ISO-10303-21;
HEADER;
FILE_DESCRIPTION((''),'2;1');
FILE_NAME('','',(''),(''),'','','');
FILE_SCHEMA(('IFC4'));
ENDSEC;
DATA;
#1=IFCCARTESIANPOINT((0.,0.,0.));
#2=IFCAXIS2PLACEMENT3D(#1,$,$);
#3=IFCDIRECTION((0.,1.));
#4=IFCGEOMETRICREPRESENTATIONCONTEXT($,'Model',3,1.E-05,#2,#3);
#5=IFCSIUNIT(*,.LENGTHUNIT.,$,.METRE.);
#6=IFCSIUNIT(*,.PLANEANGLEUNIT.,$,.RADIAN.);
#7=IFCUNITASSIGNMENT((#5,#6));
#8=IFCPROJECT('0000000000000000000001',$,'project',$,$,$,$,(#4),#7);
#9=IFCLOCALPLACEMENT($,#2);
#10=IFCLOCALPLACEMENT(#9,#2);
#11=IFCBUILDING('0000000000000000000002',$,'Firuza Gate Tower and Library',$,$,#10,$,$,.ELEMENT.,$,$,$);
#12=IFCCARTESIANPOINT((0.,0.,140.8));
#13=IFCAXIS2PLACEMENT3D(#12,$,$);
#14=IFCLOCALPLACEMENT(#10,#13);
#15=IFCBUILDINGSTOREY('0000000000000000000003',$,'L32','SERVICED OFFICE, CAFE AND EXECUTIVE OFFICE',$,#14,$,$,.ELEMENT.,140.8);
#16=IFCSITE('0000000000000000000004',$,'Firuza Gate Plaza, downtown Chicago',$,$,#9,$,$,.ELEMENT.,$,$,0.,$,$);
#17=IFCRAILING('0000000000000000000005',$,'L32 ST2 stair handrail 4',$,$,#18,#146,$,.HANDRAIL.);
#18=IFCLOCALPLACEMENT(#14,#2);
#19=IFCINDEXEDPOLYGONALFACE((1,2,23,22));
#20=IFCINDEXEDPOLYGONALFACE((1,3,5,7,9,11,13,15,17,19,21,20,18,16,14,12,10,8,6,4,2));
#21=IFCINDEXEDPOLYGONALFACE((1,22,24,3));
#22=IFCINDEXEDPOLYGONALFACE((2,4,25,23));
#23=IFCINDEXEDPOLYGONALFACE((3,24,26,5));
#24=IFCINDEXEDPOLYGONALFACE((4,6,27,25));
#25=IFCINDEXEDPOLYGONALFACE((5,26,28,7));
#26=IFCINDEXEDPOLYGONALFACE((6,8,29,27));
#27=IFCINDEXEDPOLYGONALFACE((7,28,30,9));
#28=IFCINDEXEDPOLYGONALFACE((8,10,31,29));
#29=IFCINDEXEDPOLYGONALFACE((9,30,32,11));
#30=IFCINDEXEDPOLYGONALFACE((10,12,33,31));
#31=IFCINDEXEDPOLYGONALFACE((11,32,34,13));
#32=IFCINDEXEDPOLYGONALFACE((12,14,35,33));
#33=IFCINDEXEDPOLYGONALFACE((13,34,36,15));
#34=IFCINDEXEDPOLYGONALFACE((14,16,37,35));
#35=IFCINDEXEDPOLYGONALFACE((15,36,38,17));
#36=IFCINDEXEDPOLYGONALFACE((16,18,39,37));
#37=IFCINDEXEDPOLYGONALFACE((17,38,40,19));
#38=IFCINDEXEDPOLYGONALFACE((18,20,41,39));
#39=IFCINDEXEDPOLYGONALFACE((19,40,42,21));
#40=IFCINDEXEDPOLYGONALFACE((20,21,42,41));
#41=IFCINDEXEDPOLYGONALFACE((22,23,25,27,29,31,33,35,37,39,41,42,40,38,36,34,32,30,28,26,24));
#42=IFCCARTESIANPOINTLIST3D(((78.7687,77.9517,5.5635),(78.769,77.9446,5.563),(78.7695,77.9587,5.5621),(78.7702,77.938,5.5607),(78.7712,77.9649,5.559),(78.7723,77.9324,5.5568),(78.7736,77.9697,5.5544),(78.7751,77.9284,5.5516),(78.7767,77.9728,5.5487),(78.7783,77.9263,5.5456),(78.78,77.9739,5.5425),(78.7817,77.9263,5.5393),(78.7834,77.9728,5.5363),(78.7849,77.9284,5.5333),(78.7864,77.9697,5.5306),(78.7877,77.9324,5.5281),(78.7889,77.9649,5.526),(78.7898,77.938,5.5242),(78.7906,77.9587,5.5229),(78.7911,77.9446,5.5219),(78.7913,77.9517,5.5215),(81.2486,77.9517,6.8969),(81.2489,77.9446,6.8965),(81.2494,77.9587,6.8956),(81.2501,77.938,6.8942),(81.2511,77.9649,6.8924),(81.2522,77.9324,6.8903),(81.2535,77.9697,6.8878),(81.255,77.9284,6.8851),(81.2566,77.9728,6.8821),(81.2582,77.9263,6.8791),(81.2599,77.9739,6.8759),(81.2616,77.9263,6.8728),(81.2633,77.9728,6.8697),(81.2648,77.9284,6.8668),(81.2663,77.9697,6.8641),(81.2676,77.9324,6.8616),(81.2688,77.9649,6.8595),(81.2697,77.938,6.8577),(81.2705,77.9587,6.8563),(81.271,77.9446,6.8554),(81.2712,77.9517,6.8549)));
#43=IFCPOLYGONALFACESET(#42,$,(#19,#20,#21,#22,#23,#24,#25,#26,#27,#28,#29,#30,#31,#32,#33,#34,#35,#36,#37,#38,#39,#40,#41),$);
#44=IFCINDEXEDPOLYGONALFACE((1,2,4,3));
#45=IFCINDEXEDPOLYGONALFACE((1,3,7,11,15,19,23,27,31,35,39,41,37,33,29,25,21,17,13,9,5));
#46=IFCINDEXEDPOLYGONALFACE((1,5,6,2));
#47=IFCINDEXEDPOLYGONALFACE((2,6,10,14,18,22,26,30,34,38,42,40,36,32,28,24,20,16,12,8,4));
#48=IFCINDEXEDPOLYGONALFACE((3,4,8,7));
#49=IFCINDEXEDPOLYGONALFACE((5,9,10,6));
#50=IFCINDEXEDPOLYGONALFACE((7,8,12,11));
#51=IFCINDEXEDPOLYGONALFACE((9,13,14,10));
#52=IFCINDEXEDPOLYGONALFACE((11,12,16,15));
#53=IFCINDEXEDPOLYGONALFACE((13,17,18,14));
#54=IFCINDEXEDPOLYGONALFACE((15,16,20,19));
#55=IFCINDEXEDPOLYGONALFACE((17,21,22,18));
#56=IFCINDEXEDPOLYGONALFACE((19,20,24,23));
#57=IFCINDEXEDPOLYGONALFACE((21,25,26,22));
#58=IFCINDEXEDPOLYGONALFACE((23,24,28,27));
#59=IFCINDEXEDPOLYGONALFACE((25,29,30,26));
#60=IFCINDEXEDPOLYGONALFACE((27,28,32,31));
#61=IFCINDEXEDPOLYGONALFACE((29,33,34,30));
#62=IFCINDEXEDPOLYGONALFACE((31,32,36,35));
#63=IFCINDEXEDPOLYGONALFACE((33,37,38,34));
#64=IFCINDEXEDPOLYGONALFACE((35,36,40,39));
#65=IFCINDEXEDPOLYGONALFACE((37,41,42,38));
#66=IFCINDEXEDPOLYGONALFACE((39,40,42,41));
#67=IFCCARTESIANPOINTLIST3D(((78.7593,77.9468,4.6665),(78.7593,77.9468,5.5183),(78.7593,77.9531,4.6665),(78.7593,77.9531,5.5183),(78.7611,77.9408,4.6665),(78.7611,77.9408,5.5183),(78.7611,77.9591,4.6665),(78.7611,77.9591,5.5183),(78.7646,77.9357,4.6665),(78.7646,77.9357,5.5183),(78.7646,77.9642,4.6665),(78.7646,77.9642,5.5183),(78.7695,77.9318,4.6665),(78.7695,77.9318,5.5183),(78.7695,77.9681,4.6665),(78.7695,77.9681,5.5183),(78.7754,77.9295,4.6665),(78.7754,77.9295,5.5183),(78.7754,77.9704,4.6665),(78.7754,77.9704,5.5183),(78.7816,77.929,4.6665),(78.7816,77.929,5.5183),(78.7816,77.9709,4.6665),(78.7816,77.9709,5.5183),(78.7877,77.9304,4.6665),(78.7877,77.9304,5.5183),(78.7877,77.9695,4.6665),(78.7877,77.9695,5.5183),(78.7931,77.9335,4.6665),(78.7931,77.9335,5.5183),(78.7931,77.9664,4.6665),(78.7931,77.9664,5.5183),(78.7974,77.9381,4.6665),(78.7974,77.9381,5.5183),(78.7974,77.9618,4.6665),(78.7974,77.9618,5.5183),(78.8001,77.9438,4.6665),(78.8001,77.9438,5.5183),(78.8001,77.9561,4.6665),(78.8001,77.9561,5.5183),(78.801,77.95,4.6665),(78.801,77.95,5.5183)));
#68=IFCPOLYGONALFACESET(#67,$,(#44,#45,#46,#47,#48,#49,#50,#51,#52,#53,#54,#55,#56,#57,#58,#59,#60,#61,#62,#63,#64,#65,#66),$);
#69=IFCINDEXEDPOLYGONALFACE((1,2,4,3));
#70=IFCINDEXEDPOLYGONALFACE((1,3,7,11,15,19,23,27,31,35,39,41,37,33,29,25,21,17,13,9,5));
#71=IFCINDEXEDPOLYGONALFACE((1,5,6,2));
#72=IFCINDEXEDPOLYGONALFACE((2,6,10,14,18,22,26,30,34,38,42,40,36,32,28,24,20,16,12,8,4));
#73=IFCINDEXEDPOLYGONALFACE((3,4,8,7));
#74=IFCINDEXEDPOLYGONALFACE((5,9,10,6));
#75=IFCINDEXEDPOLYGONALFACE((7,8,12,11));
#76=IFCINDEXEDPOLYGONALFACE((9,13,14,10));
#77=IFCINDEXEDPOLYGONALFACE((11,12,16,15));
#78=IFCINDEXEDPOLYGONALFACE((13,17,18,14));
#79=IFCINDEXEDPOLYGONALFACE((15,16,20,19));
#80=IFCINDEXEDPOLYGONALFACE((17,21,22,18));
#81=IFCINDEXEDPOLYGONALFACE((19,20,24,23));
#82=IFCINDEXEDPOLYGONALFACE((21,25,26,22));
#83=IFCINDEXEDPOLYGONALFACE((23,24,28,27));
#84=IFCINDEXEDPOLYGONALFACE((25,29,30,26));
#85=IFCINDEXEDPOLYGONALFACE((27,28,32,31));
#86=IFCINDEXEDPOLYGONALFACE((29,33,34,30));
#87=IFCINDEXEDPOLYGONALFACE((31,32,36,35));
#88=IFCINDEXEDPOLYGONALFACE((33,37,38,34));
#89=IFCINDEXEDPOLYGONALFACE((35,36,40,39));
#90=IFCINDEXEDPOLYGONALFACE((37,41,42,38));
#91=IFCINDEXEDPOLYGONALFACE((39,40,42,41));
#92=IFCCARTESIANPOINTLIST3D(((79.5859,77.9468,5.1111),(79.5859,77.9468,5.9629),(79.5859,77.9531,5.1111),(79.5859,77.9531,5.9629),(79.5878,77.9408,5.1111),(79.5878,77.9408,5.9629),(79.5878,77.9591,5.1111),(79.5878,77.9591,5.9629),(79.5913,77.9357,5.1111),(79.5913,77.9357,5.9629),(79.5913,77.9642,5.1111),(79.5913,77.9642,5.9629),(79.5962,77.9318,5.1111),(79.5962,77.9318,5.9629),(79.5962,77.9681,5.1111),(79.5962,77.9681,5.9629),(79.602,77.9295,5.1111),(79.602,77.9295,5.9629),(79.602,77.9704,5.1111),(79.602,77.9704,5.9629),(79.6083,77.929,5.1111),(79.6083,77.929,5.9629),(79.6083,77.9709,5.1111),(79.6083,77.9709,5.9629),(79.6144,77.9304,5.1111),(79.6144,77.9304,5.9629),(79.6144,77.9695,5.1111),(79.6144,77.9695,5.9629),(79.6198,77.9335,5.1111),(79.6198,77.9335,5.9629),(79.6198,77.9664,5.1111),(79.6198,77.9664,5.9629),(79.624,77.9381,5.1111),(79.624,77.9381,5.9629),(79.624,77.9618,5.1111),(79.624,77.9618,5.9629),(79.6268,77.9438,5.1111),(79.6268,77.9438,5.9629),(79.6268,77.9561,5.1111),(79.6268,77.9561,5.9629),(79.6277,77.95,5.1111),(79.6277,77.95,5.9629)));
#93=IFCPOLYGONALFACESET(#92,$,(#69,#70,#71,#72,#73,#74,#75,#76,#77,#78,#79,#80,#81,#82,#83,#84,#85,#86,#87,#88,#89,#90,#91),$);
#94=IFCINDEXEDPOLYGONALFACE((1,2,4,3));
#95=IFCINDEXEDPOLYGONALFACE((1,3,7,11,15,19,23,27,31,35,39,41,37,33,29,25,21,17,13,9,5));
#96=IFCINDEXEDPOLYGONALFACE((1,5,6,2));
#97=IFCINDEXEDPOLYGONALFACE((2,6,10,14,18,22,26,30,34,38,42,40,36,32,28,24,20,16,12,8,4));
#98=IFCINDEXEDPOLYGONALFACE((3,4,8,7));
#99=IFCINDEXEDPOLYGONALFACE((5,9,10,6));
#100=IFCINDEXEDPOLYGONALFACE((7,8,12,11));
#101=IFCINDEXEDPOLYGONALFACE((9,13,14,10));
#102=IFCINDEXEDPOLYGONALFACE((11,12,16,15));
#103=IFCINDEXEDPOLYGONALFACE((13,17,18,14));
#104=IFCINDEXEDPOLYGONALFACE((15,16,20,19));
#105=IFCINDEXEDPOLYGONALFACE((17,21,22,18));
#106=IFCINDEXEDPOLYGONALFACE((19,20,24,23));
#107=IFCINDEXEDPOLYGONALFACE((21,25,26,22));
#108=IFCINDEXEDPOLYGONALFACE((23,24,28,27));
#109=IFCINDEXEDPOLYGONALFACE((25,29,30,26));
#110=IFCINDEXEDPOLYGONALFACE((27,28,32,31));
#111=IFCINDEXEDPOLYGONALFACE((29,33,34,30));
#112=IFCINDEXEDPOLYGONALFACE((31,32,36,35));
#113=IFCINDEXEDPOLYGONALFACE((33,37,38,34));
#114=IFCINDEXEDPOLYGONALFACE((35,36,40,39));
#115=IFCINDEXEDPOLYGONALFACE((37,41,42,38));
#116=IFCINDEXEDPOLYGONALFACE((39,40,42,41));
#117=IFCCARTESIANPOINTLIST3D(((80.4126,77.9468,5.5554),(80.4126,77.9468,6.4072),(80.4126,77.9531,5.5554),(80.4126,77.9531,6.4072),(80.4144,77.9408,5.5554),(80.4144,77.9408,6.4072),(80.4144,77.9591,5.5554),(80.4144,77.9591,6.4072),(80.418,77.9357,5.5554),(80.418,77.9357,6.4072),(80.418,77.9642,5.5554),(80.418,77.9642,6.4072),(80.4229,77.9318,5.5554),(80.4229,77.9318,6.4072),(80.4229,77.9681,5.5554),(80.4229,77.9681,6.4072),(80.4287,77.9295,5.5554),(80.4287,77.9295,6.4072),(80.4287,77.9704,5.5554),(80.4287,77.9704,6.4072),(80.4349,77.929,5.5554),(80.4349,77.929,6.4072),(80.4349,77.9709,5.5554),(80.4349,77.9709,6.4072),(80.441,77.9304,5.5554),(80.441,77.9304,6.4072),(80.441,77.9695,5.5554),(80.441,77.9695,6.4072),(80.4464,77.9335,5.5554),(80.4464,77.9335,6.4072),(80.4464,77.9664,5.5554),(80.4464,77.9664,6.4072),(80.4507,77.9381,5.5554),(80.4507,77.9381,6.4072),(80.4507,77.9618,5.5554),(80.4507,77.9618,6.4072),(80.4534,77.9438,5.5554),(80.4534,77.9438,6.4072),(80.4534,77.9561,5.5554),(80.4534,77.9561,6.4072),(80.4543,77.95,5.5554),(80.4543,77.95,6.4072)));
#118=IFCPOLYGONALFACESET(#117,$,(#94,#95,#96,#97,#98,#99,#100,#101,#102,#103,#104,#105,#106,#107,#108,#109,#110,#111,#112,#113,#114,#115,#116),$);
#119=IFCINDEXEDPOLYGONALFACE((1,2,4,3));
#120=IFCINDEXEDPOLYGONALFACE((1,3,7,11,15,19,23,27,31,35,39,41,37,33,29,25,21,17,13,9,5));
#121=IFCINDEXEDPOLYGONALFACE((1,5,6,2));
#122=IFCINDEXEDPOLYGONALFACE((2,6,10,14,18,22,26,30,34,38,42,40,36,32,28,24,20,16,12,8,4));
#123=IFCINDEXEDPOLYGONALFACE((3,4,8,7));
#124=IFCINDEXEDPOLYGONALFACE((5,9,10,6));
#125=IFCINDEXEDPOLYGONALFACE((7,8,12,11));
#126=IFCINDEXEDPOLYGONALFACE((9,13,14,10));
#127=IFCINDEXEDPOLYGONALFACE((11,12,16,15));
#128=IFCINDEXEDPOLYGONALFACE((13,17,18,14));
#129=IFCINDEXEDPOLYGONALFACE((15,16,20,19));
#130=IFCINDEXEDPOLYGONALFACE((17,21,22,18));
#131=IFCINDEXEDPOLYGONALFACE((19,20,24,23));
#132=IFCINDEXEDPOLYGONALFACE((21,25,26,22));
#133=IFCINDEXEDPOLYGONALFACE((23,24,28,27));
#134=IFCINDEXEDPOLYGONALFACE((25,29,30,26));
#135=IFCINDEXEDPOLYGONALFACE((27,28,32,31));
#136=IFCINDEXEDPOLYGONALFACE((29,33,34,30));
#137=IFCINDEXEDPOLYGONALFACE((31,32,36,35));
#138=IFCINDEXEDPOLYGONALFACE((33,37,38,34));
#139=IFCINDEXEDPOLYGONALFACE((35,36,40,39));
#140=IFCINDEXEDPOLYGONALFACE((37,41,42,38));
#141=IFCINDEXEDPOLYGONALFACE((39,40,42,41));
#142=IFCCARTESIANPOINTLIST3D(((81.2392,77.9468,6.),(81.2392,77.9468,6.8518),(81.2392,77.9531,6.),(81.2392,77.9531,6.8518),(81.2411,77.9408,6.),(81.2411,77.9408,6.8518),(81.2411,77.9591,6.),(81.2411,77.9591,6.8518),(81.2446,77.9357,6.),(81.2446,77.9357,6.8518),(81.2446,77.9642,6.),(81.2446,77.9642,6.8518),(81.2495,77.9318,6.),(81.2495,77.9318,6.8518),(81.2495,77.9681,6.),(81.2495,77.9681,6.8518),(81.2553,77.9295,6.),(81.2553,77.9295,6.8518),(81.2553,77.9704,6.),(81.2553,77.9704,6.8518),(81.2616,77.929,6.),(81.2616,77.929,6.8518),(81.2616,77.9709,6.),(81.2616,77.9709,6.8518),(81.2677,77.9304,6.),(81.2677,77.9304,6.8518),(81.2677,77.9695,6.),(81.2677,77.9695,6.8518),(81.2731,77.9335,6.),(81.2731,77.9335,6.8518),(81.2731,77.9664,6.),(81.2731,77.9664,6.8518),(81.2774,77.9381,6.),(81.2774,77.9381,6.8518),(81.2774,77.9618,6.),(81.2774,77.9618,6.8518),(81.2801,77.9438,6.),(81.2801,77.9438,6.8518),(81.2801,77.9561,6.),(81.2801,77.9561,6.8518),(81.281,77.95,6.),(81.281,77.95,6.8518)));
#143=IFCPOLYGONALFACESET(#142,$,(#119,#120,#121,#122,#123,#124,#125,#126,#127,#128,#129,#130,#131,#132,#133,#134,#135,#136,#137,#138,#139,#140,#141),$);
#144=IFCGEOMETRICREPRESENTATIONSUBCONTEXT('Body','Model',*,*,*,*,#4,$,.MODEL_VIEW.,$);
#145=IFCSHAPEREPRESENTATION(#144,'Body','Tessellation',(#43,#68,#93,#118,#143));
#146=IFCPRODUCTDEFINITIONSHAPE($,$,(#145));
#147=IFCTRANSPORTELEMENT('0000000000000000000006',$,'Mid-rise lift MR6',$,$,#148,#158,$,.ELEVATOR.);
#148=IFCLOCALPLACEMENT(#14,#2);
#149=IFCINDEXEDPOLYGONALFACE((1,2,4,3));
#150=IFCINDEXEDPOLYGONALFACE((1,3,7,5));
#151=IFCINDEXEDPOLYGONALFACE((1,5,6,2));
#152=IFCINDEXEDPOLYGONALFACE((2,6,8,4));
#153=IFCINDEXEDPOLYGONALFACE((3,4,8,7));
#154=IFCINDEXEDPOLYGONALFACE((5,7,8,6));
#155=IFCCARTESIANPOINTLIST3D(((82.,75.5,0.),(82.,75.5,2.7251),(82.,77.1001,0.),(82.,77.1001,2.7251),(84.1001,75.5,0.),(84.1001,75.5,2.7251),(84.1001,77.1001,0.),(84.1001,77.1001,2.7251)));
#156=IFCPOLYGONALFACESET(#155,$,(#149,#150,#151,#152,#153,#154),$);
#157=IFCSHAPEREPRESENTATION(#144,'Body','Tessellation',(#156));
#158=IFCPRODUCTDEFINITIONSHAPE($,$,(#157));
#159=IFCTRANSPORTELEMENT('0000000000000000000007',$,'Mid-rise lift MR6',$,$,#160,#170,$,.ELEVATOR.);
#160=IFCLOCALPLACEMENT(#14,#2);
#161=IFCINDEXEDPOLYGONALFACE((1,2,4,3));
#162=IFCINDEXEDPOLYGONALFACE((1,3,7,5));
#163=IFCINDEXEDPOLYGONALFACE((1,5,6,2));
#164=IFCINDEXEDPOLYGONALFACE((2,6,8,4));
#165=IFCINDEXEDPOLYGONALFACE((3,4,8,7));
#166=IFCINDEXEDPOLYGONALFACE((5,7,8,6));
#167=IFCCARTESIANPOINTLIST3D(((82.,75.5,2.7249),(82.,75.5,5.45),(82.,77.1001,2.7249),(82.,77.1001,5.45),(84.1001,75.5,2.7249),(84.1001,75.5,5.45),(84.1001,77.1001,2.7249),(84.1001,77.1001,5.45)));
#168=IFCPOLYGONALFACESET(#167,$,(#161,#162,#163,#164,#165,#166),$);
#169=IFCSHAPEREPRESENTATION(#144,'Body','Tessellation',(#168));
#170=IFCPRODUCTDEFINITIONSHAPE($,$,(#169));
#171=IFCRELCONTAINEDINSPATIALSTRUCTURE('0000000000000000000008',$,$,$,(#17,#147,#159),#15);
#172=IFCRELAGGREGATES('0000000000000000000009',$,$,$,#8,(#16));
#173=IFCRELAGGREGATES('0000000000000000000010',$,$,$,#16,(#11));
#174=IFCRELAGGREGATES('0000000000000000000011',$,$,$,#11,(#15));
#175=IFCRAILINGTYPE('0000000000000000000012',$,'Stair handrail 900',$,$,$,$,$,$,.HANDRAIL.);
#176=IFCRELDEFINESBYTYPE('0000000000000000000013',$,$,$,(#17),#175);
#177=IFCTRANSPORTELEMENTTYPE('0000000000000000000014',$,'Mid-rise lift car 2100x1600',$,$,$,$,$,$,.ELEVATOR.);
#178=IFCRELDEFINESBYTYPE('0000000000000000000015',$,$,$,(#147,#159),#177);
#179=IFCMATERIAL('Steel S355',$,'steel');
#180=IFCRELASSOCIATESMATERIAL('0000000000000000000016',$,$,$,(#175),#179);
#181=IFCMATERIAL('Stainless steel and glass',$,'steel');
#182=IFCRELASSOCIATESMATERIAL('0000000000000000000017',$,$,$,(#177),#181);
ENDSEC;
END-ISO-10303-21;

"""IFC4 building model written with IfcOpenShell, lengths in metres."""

from ifc_helpers import new_model, si_unit, direction, frame, origin, origin_2d, place, context, subcontext, project, spatial, rectangle, circle, extrude, material, type_object, element, save


model = new_model("IFC4")

# Units and contexts
model_context = context("Model", 3, precision=1e-05, world=origin(), true_north=direction((0.0, 1.0)))
body_context = subcontext(model_context, "Body", "Model", "MODEL_VIEW")
ifc_project = project(units=[si_unit("LENGTHUNIT", "METRE"), si_unit("PLANEANGLEUNIT", "RADIAN")], contexts=[model_context])

# Site, building, storey
site_placement = place(None, origin())
site = spatial("IfcSite", under=ifc_project, at=site_placement, Name="Firuza Gate Plaza, downtown Chicago", CompositionType="ELEMENT", RefElevation=0.0)
building_placement = place(site_placement, origin())
building = spatial("IfcBuilding", under=site, at=building_placement, Name="Firuza Gate Tower and Library", CompositionType="ELEMENT")
storey_placement = place(building_placement, frame((0.0, 0.0, 140.8)))
storey = spatial("IfcBuildingStorey", under=building, at=storey_placement, Name="L32", Description="SERVICED OFFICE, CAFE AND EXECUTIVE OFFICE", CompositionType="ELEMENT", Elevation=140.8)

# Railing
ifc_material_1 = material(Name="Steel S355", Category="steel")
railing_type_1 = type_object("IfcRailingType", Name="Stair handrail 900", PredefinedType="HANDRAIL", material=ifc_material_1)
railing_1_placement = place(storey_placement, frame((78.78, 77.95, 4.6665)))
element("IfcRailing", 1, at=railing_1_placement, inside=storey, type_object=railing_type_1, Name="L32 ST2 stair handrail 4", PredefinedType="HANDRAIL", context=body_context, shape_type="SweptSolid", body=[
    extrude(circle(Radius=0.0239, at=origin_2d()), frame((0.0, 0.0, 0.876), z_axis=(0.880749, 0.0, 0.473583), x_axis=(0.0, 1.0, 0.0)), (0.0, 0.0, 1.0), 2.8157),
    extrude(circle(Radius=0.021, at=origin_2d()), origin(), (0.0, 0.0, 1.0), 0.8518),
    extrude(circle(Radius=0.021, at=origin_2d()), frame((0.8267, 0.0, 0.4446)), (0.0, 0.0, 1.0), 0.8518),
    extrude(circle(Radius=0.021, at=origin_2d()), frame((1.6533, 0.0, 0.8889)), (0.0, 0.0, 1.0), 0.8518),
    extrude(circle(Radius=0.021, at=origin_2d()), frame((2.48, 0.0, 1.3335)), (0.0, 0.0, 1.0), 0.8518),
])

# Transport elements
ifc_material_2 = material(Name="Stainless steel and glass", Category="steel")
transport_element_type = type_object("IfcTransportElementType", Name="Mid-rise lift car 2100x1600", PredefinedType="ELEVATOR", material=ifc_material_2)
for number, where, z_axis, x_axis, name in (
    (2, (83.05, 76.3, 0.0), (0.0, 0.0, 1.0), (1.0, 0.0, 0.0), "Mid-rise lift MR6"),
    (3, (83.05, 76.3, 2.7249), (0.0, 0.0, 1.0), (1.0, 0.0, 0.0), "Mid-rise lift MR6"),
):
    element("IfcTransportElement", number, at=place(storey_placement, frame(where, z_axis=z_axis, x_axis=x_axis)), inside=storey, type_object=transport_element_type, Name=name, PredefinedType="ELEVATOR", context=body_context, shape_type="SweptSolid", body=[
        extrude(rectangle(XDim=2.1001, YDim=1.6001, at=origin_2d()), origin(), (0.0, 0.0, 1.0), 2.7251),
    ])

save(model, "model.ifc")
